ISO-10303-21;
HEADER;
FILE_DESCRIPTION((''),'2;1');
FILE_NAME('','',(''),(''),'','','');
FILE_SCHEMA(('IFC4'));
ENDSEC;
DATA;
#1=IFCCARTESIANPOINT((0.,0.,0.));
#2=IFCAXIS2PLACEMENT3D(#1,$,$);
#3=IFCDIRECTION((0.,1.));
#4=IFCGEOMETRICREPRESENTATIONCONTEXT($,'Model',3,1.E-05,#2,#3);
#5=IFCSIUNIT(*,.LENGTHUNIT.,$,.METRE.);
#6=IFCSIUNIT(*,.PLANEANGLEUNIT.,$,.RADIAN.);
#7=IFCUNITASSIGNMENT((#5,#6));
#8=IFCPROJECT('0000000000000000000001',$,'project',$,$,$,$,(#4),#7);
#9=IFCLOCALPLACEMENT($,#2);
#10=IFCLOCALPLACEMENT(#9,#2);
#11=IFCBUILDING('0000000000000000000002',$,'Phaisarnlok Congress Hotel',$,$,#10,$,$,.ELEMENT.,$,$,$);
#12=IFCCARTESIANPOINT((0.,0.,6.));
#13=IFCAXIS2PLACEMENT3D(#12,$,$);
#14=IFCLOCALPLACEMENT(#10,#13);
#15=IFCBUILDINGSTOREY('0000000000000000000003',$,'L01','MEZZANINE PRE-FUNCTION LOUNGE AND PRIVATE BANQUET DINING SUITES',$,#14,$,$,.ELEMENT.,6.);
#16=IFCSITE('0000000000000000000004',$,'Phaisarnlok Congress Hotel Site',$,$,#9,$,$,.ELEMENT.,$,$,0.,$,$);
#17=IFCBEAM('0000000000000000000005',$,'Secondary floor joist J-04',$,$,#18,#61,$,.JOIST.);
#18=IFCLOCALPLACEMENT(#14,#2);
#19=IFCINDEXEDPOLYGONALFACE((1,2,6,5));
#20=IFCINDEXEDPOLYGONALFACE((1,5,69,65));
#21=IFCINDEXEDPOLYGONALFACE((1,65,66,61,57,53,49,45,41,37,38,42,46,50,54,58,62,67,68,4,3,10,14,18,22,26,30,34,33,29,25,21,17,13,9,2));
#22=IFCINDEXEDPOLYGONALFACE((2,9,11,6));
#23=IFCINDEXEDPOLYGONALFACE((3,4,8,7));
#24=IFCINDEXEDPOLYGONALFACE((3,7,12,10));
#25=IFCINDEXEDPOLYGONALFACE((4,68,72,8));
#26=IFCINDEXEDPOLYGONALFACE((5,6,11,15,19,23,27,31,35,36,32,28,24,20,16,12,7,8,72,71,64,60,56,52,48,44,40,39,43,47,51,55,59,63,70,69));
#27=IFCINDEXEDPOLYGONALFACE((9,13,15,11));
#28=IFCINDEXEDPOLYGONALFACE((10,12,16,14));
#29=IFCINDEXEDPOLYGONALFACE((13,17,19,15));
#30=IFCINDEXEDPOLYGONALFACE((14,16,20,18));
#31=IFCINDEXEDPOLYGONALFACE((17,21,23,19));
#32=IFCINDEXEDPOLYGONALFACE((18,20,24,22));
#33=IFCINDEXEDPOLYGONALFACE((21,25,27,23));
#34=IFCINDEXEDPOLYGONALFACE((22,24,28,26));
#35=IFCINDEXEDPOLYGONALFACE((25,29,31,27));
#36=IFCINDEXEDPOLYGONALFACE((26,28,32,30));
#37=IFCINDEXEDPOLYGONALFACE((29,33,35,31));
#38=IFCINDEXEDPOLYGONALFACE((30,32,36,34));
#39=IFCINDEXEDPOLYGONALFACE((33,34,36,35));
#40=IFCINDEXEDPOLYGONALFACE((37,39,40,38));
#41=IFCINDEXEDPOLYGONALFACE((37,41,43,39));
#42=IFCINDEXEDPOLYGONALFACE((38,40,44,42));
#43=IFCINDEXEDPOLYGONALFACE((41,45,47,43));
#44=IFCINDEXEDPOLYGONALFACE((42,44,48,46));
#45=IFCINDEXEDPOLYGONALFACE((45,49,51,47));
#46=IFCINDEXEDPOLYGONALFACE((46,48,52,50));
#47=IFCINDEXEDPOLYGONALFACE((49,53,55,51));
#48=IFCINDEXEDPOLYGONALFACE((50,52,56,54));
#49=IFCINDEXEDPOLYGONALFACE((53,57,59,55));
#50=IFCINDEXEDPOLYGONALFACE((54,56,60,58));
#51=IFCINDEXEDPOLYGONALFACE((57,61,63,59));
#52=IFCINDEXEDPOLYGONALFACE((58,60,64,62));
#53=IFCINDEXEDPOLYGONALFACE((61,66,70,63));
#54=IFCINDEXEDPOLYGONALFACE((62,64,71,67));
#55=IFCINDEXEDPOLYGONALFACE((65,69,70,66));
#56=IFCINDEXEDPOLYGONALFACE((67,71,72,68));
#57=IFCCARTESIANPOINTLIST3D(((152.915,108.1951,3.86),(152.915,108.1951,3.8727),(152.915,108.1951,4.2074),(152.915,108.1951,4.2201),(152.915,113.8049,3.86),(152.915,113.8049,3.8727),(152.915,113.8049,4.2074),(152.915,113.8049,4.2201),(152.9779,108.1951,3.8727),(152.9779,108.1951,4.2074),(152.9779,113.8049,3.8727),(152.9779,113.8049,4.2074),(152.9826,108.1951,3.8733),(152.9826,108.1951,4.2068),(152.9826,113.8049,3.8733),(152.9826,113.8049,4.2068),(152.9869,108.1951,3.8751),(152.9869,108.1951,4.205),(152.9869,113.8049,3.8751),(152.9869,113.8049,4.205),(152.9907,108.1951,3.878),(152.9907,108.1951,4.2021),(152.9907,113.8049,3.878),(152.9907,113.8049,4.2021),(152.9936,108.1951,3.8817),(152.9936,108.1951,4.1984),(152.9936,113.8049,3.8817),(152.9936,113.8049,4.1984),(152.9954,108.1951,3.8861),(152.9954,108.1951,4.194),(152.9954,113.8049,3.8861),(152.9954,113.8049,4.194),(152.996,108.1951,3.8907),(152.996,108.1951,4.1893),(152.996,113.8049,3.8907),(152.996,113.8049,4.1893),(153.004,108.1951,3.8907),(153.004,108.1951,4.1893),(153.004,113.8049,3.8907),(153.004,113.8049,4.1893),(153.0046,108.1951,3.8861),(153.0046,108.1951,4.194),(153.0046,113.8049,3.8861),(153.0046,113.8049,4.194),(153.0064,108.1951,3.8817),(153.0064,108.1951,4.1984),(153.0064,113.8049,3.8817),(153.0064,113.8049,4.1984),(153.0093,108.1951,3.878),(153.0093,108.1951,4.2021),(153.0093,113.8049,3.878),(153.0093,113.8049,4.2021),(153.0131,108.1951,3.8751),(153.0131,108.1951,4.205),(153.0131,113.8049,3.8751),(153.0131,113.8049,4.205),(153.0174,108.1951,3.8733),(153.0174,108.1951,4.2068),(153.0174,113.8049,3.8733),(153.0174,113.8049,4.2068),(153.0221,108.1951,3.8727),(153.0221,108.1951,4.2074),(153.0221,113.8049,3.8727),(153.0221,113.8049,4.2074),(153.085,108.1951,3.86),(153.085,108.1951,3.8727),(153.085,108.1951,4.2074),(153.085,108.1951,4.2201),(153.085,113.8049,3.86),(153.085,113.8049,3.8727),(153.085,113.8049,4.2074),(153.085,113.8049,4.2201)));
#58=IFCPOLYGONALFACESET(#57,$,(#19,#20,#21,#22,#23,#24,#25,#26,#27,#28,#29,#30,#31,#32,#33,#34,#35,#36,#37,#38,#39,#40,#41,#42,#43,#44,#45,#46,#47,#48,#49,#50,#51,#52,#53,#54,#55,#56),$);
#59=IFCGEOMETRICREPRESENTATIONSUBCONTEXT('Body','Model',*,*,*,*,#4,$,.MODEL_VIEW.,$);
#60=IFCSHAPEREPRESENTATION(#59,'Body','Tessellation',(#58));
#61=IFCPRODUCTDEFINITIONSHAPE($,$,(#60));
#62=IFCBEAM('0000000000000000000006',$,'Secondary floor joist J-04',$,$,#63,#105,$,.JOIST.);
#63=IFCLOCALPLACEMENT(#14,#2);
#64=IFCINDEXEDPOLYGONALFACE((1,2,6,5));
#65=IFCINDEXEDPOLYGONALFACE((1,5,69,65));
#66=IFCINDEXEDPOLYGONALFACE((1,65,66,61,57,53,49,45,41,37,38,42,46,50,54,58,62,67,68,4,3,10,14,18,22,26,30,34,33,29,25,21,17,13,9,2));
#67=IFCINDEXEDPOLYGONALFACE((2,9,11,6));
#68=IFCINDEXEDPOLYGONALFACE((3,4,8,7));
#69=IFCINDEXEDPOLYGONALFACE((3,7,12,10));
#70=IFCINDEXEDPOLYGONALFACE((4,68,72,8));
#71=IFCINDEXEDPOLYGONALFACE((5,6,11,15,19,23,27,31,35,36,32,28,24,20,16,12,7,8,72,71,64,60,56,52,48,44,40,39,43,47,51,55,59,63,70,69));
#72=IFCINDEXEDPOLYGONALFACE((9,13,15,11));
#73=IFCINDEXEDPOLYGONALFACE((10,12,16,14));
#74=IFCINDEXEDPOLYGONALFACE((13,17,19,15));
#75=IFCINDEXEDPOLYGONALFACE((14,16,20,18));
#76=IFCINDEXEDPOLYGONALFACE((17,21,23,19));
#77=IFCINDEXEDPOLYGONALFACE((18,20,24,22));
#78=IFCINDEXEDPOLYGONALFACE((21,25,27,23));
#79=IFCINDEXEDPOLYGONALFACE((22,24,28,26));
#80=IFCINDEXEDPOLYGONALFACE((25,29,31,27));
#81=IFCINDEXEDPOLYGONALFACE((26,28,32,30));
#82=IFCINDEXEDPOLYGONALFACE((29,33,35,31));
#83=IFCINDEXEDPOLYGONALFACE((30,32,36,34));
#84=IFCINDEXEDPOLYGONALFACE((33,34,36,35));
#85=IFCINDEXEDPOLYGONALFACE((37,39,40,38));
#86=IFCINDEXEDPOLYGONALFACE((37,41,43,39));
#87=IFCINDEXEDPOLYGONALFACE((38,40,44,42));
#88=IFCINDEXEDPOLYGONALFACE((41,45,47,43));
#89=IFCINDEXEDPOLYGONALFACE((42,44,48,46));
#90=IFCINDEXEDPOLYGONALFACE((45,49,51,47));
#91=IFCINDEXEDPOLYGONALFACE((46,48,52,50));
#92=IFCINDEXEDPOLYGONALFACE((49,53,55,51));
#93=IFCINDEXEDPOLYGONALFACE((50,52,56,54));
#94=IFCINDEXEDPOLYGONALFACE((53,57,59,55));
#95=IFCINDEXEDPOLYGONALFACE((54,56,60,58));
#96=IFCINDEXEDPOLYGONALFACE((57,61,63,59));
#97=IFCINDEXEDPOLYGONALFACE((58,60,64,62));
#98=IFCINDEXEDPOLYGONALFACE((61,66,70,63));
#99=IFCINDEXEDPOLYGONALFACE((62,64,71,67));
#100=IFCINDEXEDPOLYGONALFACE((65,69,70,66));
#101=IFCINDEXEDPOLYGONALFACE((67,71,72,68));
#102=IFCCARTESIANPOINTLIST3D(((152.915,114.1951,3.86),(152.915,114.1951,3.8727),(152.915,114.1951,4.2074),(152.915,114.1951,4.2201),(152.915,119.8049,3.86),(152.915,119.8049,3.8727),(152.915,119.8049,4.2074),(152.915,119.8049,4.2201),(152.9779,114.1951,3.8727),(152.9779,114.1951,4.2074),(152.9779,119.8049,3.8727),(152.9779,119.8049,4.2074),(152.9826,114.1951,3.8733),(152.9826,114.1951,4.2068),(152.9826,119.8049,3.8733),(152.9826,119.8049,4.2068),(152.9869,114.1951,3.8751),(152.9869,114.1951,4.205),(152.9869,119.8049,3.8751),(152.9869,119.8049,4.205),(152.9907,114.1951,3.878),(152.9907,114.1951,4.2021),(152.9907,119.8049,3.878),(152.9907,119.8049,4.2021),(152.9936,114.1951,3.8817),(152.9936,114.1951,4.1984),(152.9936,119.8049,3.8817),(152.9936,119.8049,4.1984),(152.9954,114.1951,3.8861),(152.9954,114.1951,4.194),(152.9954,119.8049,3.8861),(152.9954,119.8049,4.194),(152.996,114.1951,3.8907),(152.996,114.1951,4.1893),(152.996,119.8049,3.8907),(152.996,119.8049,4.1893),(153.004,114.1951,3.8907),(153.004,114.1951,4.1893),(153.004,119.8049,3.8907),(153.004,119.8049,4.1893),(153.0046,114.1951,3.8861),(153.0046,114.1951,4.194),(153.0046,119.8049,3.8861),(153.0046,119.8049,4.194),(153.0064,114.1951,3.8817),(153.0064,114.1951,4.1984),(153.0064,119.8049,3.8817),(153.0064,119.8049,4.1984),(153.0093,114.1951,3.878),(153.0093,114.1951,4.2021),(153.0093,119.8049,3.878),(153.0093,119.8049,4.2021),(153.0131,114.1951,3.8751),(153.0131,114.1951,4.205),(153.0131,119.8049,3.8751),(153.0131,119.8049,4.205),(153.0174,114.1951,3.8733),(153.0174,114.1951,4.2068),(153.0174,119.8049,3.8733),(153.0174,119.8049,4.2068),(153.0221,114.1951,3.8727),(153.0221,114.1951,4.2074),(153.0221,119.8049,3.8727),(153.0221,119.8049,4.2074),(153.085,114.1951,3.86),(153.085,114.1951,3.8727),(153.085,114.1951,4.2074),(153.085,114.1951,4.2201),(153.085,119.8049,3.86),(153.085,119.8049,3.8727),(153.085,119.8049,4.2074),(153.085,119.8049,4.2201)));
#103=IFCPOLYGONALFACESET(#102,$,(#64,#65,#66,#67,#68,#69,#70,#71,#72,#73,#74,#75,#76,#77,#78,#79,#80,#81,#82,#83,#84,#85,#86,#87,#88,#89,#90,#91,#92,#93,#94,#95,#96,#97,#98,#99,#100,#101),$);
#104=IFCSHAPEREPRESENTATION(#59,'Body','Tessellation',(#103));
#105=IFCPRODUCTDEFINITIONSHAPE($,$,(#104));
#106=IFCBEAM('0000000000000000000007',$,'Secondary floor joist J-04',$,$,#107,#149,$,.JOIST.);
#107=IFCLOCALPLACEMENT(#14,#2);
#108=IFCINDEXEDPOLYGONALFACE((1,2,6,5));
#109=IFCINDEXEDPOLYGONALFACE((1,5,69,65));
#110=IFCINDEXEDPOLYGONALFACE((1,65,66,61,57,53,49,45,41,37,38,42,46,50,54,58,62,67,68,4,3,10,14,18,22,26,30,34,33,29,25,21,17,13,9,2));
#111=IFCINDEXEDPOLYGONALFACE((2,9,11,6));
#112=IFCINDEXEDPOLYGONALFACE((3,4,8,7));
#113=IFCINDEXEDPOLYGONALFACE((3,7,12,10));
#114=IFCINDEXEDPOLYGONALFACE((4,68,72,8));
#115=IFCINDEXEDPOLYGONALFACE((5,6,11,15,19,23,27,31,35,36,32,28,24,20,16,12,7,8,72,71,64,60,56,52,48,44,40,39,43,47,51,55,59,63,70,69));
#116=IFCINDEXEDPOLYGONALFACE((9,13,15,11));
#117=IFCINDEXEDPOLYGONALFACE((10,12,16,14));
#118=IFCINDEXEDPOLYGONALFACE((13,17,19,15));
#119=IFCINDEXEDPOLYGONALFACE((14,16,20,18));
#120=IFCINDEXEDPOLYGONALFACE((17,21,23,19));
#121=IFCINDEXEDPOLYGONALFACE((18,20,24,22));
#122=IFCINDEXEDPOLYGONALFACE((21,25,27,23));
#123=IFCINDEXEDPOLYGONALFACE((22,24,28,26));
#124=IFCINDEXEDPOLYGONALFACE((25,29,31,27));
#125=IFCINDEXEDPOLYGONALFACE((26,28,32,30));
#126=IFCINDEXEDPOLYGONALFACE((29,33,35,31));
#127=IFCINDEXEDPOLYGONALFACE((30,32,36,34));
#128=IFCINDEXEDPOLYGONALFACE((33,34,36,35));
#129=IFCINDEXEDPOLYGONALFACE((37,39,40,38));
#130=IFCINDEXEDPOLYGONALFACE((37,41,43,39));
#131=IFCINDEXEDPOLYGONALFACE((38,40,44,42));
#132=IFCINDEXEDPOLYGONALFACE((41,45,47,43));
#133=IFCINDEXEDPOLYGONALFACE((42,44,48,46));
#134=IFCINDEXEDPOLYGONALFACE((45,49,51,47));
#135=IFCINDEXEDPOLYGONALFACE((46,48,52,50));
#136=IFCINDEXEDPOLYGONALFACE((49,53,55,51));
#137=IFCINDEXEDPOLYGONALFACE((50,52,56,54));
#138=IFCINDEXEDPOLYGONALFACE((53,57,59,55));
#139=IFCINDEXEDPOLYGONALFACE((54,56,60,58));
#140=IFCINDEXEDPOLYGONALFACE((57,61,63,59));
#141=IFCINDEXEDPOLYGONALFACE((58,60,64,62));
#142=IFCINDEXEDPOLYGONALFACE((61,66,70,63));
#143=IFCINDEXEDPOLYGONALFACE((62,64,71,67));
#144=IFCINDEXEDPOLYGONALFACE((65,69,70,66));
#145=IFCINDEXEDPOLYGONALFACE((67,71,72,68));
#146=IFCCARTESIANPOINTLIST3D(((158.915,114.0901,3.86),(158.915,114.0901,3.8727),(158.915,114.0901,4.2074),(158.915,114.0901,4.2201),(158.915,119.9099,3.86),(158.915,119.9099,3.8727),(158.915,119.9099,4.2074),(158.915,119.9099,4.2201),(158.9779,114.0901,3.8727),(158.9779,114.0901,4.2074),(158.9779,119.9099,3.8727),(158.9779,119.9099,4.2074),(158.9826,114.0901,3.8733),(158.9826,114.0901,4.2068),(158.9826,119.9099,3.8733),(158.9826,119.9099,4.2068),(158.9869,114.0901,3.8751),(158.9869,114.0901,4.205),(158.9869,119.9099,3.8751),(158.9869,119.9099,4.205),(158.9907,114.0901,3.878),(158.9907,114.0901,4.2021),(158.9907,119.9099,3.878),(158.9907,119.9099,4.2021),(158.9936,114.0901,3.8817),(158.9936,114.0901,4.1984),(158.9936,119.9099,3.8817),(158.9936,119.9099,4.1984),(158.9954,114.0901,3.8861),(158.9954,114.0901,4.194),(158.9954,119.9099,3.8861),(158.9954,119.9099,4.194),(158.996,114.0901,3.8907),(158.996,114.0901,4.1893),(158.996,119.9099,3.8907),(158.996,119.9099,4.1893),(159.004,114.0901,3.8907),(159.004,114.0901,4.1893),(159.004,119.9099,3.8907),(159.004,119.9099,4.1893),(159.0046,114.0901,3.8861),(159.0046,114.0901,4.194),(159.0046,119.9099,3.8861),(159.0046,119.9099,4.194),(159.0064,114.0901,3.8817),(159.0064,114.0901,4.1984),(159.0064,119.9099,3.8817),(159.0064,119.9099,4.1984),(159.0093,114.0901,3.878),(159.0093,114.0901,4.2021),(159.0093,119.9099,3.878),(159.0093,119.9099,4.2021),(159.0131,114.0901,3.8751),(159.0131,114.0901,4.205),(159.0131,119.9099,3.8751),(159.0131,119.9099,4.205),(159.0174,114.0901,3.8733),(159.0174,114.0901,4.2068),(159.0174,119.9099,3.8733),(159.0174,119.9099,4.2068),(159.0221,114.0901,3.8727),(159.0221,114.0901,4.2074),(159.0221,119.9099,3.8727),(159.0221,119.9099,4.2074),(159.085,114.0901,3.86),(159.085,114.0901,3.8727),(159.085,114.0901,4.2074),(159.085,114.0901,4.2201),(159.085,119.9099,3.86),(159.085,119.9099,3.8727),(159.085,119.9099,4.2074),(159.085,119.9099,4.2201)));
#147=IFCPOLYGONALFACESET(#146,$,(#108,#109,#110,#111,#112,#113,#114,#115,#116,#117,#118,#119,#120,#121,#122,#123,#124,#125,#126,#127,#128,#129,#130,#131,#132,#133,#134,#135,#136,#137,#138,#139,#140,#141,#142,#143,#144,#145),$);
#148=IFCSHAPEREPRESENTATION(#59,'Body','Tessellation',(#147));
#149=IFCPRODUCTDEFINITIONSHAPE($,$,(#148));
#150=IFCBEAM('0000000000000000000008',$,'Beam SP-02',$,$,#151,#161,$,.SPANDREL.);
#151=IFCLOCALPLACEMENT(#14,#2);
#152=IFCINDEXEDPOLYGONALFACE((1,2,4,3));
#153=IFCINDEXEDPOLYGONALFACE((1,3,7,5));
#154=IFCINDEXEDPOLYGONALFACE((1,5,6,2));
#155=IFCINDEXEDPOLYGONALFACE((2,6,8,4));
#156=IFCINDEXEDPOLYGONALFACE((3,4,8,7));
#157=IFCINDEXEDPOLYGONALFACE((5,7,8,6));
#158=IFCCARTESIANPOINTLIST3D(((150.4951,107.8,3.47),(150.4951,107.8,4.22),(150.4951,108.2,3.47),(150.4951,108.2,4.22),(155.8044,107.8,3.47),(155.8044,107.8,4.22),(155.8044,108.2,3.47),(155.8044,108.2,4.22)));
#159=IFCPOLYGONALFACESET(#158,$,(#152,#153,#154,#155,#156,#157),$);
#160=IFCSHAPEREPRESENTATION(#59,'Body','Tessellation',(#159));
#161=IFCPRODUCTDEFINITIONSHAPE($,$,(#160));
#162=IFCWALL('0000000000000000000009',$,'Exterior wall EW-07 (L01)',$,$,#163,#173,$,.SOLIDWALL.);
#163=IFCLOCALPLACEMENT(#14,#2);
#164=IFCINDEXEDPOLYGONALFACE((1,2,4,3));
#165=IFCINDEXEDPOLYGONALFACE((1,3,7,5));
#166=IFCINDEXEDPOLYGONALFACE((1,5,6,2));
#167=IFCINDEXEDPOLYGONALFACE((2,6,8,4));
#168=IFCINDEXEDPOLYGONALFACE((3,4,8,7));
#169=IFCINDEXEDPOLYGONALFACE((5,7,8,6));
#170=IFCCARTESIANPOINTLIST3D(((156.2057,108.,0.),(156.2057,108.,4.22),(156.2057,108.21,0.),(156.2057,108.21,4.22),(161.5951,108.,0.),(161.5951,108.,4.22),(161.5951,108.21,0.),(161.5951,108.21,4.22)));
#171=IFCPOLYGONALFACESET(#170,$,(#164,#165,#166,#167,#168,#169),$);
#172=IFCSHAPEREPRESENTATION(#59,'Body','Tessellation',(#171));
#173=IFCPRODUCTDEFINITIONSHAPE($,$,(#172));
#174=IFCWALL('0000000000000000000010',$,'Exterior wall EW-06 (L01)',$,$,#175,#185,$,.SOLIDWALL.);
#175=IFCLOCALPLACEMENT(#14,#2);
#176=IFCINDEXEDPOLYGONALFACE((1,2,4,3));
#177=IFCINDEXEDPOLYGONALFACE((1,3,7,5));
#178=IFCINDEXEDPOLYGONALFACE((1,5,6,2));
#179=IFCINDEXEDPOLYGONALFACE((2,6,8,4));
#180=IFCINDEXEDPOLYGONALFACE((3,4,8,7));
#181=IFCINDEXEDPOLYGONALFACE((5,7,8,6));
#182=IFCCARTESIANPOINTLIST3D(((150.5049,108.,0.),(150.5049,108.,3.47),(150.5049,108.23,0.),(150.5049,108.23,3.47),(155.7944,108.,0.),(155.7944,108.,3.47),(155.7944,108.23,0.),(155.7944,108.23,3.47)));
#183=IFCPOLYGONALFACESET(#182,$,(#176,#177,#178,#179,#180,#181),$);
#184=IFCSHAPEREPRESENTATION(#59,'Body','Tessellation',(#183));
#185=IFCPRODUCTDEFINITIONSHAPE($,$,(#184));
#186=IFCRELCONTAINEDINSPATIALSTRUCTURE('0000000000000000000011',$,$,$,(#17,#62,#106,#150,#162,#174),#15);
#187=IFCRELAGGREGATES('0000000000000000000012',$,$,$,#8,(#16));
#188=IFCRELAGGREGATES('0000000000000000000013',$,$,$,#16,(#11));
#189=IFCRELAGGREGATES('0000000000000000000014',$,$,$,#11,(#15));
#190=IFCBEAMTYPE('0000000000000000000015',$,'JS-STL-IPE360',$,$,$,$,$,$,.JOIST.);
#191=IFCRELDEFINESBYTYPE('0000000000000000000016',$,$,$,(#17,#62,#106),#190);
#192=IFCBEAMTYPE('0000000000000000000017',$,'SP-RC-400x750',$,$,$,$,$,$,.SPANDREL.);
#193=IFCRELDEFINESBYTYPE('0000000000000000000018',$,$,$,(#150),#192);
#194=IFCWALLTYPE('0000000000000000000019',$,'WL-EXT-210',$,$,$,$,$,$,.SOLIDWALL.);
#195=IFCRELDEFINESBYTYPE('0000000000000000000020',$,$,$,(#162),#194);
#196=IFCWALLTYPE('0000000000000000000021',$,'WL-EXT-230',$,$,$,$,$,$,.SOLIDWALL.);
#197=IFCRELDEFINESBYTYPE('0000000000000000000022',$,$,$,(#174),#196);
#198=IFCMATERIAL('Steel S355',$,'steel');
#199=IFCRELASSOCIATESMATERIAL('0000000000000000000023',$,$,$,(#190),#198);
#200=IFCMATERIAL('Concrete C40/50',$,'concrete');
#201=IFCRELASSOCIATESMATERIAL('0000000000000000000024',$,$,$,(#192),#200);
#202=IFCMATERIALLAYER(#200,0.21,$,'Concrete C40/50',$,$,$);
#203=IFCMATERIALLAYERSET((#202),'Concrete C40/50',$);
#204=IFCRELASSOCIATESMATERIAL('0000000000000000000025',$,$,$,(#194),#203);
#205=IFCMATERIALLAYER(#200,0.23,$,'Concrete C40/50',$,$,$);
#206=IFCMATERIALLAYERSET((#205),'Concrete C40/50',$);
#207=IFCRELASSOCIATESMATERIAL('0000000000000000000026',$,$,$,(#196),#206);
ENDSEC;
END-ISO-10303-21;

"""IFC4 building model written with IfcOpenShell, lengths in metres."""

from ifc_helpers import new_model, si_unit, direction, frame, frame_2d, origin, origin_2d, place, context, subcontext, project, spatial, rectangle, i_section, extrude, material, layer, layer_set, material_profile, profile_set, type_object, element, save


model = new_model("IFC4")

# Units and contexts
model_context = context("Model", 3, precision=1e-05, world=origin(), true_north=direction((0.0, 1.0)))
body_context = subcontext(model_context, "Body", "Model", "MODEL_VIEW")
ifc_project = project(units=[si_unit("LENGTHUNIT", "METRE"), si_unit("PLANEANGLEUNIT", "RADIAN")], contexts=[model_context])

# Site, building, storey
site_placement = place(None, origin())
site = spatial("IfcSite", under=ifc_project, at=site_placement, Name="Phaisarnlok Congress Hotel Site", CompositionType="ELEMENT", RefElevation=0.0)
building_placement = place(site_placement, origin())
building = spatial("IfcBuilding", under=site, at=building_placement, Name="Phaisarnlok Congress Hotel", CompositionType="ELEMENT")
storey_placement = place(building_placement, frame((0.0, 0.0, 6.0)))
storey = spatial("IfcBuildingStorey", under=building, at=storey_placement, Name="L01", Description="MEZZANINE PRE-FUNCTION LOUNGE AND PRIVATE BANQUET DINING SUITES", CompositionType="ELEMENT", Elevation=6.0)

# Shared definitions
ifc_material_1 = material(Name="Steel S355", Category="steel")

# Beams
ifc_material_2 = material(Name="Concrete C40/50", Category="concrete")
ifc_material_profile_1 = material_profile(ifc_material_1, i_section(OverallWidth=0.1699, OverallDepth=0.3601, WebThickness=0.0081, FlangeThickness=0.0127, FilletRadius=0.0181, at=origin_2d()), Name="IPE 360")
ifc_profile_set_1 = profile_set([ifc_material_profile_1], Name="Steel S355")
beam_type_1 = type_object("IfcBeamType", Name="JS-STL-IPE360", PredefinedType="JOIST", material=ifc_profile_set_1)
for number, where, z_axis, x_axis, name in (
    (1, (153.0, 108.1951, 4.04), (0.0, 1.0, 0.0), (-1.0, 0.0, 0.0), "Secondary floor joist J-04"),
    (2, (153.0, 114.1951, 4.04), (0.0, 1.0, 0.0), (-1.0, 0.0, 0.0), "Secondary floor joist J-04"),
):
    element("IfcBeam", number, at=place(storey_placement, frame(where, z_axis=z_axis, x_axis=x_axis)), inside=storey, type_object=beam_type_1, Name=name, PredefinedType="JOIST", context=body_context, shape_type="SweptSolid", body=[
        extrude(i_section(OverallWidth=0.1699, OverallDepth=0.3601, WebThickness=0.0081, FlangeThickness=0.0127, FilletRadius=0.0181, at=origin_2d()), origin(), (0.0, 0.0, 1.0), 5.6099),
    ])
beam_1_placement = place(storey_placement, frame((159.0, 114.0901, 4.04), z_axis=(0.0, 1.0, 0.0), x_axis=(-1.0, 0.0, 0.0)))
element("IfcBeam", 3, at=beam_1_placement, inside=storey, type_object=beam_type_1, Name="Secondary floor joist J-04", PredefinedType="JOIST", context=body_context, shape_type="SweptSolid", body=[
    extrude(i_section(OverallWidth=0.1699, OverallDepth=0.3601, WebThickness=0.0081, FlangeThickness=0.0127, FilletRadius=0.0181, at=origin_2d()), origin(), (0.0, 0.0, 1.0), 5.8198),
])
ifc_material_profile_2 = material_profile(ifc_material_2, rectangle(XDim=0.3999, YDim=0.75, at=origin_2d()), Name="RC 400x750")
ifc_profile_set_2 = profile_set([ifc_material_profile_2], Name="Concrete C40/50")
beam_type_2 = type_object("IfcBeamType", Name="SP-RC-400x750", PredefinedType="SPANDREL", material=ifc_profile_set_2)
beam_2_placement = place(storey_placement, frame((150.4951, 108.0, 3.845), z_axis=(1.0, 0.0, 0.0), x_axis=(0.0, 1.0, 0.0)))
element("IfcBeam", 4, at=beam_2_placement, inside=storey, type_object=beam_type_2, Name="Beam SP-02", PredefinedType="SPANDREL", context=body_context, shape_type="SweptSolid", body=[
    extrude(rectangle(XDim=0.3999, YDim=0.75, at=origin_2d()), origin(), (0.0, 0.0, 1.0), 5.3093),
])

# Walls
ifc_layer_1 = layer(ifc_material_2, 0.21, Name="Concrete C40/50")
ifc_layer_set_1 = layer_set([ifc_layer_1], Name="Concrete C40/50")
wall_type_1 = type_object("IfcWallType", Name="WL-EXT-210", PredefinedType="SOLIDWALL", material=ifc_layer_set_1)
wall_1_placement = place(storey_placement, frame((156.2056, 108.105, 0.0), z_axis=(0.0, 0.0, 1.0), x_axis=(1.0, 0.0, 0.0)))
element("IfcWall", 5, at=wall_1_placement, inside=storey, type_object=wall_type_1, Name="Exterior wall EW-07 (L01)", PredefinedType="SOLIDWALL", context=body_context, shape_type="SweptSolid", body=[
    extrude(rectangle(XDim=5.3894, YDim=0.21, at=frame_2d((2.6948, 0.0))), origin(), (0.0, 0.0, 1.0), 4.22),
])
ifc_layer_2 = layer(ifc_material_2, 0.23, Name="Concrete C40/50")
ifc_layer_set_2 = layer_set([ifc_layer_2], Name="Concrete C40/50")
wall_type_2 = type_object("IfcWallType", Name="WL-EXT-230", PredefinedType="SOLIDWALL", material=ifc_layer_set_2)
wall_2_placement = place(storey_placement, frame((150.5049, 108.115, 0.0), z_axis=(0.0, 0.0, 1.0), x_axis=(1.0, 0.0, 0.0)))
element("IfcWall", 6, at=wall_2_placement, inside=storey, type_object=wall_type_2, Name="Exterior wall EW-06 (L01)", PredefinedType="SOLIDWALL", context=body_context, shape_type="SweptSolid", body=[
    extrude(rectangle(XDim=5.2896, YDim=0.23, at=frame_2d((2.6448, 0.0))), origin(), (0.0, 0.0, 1.0), 3.47),
])

save(model, "model.ifc")
